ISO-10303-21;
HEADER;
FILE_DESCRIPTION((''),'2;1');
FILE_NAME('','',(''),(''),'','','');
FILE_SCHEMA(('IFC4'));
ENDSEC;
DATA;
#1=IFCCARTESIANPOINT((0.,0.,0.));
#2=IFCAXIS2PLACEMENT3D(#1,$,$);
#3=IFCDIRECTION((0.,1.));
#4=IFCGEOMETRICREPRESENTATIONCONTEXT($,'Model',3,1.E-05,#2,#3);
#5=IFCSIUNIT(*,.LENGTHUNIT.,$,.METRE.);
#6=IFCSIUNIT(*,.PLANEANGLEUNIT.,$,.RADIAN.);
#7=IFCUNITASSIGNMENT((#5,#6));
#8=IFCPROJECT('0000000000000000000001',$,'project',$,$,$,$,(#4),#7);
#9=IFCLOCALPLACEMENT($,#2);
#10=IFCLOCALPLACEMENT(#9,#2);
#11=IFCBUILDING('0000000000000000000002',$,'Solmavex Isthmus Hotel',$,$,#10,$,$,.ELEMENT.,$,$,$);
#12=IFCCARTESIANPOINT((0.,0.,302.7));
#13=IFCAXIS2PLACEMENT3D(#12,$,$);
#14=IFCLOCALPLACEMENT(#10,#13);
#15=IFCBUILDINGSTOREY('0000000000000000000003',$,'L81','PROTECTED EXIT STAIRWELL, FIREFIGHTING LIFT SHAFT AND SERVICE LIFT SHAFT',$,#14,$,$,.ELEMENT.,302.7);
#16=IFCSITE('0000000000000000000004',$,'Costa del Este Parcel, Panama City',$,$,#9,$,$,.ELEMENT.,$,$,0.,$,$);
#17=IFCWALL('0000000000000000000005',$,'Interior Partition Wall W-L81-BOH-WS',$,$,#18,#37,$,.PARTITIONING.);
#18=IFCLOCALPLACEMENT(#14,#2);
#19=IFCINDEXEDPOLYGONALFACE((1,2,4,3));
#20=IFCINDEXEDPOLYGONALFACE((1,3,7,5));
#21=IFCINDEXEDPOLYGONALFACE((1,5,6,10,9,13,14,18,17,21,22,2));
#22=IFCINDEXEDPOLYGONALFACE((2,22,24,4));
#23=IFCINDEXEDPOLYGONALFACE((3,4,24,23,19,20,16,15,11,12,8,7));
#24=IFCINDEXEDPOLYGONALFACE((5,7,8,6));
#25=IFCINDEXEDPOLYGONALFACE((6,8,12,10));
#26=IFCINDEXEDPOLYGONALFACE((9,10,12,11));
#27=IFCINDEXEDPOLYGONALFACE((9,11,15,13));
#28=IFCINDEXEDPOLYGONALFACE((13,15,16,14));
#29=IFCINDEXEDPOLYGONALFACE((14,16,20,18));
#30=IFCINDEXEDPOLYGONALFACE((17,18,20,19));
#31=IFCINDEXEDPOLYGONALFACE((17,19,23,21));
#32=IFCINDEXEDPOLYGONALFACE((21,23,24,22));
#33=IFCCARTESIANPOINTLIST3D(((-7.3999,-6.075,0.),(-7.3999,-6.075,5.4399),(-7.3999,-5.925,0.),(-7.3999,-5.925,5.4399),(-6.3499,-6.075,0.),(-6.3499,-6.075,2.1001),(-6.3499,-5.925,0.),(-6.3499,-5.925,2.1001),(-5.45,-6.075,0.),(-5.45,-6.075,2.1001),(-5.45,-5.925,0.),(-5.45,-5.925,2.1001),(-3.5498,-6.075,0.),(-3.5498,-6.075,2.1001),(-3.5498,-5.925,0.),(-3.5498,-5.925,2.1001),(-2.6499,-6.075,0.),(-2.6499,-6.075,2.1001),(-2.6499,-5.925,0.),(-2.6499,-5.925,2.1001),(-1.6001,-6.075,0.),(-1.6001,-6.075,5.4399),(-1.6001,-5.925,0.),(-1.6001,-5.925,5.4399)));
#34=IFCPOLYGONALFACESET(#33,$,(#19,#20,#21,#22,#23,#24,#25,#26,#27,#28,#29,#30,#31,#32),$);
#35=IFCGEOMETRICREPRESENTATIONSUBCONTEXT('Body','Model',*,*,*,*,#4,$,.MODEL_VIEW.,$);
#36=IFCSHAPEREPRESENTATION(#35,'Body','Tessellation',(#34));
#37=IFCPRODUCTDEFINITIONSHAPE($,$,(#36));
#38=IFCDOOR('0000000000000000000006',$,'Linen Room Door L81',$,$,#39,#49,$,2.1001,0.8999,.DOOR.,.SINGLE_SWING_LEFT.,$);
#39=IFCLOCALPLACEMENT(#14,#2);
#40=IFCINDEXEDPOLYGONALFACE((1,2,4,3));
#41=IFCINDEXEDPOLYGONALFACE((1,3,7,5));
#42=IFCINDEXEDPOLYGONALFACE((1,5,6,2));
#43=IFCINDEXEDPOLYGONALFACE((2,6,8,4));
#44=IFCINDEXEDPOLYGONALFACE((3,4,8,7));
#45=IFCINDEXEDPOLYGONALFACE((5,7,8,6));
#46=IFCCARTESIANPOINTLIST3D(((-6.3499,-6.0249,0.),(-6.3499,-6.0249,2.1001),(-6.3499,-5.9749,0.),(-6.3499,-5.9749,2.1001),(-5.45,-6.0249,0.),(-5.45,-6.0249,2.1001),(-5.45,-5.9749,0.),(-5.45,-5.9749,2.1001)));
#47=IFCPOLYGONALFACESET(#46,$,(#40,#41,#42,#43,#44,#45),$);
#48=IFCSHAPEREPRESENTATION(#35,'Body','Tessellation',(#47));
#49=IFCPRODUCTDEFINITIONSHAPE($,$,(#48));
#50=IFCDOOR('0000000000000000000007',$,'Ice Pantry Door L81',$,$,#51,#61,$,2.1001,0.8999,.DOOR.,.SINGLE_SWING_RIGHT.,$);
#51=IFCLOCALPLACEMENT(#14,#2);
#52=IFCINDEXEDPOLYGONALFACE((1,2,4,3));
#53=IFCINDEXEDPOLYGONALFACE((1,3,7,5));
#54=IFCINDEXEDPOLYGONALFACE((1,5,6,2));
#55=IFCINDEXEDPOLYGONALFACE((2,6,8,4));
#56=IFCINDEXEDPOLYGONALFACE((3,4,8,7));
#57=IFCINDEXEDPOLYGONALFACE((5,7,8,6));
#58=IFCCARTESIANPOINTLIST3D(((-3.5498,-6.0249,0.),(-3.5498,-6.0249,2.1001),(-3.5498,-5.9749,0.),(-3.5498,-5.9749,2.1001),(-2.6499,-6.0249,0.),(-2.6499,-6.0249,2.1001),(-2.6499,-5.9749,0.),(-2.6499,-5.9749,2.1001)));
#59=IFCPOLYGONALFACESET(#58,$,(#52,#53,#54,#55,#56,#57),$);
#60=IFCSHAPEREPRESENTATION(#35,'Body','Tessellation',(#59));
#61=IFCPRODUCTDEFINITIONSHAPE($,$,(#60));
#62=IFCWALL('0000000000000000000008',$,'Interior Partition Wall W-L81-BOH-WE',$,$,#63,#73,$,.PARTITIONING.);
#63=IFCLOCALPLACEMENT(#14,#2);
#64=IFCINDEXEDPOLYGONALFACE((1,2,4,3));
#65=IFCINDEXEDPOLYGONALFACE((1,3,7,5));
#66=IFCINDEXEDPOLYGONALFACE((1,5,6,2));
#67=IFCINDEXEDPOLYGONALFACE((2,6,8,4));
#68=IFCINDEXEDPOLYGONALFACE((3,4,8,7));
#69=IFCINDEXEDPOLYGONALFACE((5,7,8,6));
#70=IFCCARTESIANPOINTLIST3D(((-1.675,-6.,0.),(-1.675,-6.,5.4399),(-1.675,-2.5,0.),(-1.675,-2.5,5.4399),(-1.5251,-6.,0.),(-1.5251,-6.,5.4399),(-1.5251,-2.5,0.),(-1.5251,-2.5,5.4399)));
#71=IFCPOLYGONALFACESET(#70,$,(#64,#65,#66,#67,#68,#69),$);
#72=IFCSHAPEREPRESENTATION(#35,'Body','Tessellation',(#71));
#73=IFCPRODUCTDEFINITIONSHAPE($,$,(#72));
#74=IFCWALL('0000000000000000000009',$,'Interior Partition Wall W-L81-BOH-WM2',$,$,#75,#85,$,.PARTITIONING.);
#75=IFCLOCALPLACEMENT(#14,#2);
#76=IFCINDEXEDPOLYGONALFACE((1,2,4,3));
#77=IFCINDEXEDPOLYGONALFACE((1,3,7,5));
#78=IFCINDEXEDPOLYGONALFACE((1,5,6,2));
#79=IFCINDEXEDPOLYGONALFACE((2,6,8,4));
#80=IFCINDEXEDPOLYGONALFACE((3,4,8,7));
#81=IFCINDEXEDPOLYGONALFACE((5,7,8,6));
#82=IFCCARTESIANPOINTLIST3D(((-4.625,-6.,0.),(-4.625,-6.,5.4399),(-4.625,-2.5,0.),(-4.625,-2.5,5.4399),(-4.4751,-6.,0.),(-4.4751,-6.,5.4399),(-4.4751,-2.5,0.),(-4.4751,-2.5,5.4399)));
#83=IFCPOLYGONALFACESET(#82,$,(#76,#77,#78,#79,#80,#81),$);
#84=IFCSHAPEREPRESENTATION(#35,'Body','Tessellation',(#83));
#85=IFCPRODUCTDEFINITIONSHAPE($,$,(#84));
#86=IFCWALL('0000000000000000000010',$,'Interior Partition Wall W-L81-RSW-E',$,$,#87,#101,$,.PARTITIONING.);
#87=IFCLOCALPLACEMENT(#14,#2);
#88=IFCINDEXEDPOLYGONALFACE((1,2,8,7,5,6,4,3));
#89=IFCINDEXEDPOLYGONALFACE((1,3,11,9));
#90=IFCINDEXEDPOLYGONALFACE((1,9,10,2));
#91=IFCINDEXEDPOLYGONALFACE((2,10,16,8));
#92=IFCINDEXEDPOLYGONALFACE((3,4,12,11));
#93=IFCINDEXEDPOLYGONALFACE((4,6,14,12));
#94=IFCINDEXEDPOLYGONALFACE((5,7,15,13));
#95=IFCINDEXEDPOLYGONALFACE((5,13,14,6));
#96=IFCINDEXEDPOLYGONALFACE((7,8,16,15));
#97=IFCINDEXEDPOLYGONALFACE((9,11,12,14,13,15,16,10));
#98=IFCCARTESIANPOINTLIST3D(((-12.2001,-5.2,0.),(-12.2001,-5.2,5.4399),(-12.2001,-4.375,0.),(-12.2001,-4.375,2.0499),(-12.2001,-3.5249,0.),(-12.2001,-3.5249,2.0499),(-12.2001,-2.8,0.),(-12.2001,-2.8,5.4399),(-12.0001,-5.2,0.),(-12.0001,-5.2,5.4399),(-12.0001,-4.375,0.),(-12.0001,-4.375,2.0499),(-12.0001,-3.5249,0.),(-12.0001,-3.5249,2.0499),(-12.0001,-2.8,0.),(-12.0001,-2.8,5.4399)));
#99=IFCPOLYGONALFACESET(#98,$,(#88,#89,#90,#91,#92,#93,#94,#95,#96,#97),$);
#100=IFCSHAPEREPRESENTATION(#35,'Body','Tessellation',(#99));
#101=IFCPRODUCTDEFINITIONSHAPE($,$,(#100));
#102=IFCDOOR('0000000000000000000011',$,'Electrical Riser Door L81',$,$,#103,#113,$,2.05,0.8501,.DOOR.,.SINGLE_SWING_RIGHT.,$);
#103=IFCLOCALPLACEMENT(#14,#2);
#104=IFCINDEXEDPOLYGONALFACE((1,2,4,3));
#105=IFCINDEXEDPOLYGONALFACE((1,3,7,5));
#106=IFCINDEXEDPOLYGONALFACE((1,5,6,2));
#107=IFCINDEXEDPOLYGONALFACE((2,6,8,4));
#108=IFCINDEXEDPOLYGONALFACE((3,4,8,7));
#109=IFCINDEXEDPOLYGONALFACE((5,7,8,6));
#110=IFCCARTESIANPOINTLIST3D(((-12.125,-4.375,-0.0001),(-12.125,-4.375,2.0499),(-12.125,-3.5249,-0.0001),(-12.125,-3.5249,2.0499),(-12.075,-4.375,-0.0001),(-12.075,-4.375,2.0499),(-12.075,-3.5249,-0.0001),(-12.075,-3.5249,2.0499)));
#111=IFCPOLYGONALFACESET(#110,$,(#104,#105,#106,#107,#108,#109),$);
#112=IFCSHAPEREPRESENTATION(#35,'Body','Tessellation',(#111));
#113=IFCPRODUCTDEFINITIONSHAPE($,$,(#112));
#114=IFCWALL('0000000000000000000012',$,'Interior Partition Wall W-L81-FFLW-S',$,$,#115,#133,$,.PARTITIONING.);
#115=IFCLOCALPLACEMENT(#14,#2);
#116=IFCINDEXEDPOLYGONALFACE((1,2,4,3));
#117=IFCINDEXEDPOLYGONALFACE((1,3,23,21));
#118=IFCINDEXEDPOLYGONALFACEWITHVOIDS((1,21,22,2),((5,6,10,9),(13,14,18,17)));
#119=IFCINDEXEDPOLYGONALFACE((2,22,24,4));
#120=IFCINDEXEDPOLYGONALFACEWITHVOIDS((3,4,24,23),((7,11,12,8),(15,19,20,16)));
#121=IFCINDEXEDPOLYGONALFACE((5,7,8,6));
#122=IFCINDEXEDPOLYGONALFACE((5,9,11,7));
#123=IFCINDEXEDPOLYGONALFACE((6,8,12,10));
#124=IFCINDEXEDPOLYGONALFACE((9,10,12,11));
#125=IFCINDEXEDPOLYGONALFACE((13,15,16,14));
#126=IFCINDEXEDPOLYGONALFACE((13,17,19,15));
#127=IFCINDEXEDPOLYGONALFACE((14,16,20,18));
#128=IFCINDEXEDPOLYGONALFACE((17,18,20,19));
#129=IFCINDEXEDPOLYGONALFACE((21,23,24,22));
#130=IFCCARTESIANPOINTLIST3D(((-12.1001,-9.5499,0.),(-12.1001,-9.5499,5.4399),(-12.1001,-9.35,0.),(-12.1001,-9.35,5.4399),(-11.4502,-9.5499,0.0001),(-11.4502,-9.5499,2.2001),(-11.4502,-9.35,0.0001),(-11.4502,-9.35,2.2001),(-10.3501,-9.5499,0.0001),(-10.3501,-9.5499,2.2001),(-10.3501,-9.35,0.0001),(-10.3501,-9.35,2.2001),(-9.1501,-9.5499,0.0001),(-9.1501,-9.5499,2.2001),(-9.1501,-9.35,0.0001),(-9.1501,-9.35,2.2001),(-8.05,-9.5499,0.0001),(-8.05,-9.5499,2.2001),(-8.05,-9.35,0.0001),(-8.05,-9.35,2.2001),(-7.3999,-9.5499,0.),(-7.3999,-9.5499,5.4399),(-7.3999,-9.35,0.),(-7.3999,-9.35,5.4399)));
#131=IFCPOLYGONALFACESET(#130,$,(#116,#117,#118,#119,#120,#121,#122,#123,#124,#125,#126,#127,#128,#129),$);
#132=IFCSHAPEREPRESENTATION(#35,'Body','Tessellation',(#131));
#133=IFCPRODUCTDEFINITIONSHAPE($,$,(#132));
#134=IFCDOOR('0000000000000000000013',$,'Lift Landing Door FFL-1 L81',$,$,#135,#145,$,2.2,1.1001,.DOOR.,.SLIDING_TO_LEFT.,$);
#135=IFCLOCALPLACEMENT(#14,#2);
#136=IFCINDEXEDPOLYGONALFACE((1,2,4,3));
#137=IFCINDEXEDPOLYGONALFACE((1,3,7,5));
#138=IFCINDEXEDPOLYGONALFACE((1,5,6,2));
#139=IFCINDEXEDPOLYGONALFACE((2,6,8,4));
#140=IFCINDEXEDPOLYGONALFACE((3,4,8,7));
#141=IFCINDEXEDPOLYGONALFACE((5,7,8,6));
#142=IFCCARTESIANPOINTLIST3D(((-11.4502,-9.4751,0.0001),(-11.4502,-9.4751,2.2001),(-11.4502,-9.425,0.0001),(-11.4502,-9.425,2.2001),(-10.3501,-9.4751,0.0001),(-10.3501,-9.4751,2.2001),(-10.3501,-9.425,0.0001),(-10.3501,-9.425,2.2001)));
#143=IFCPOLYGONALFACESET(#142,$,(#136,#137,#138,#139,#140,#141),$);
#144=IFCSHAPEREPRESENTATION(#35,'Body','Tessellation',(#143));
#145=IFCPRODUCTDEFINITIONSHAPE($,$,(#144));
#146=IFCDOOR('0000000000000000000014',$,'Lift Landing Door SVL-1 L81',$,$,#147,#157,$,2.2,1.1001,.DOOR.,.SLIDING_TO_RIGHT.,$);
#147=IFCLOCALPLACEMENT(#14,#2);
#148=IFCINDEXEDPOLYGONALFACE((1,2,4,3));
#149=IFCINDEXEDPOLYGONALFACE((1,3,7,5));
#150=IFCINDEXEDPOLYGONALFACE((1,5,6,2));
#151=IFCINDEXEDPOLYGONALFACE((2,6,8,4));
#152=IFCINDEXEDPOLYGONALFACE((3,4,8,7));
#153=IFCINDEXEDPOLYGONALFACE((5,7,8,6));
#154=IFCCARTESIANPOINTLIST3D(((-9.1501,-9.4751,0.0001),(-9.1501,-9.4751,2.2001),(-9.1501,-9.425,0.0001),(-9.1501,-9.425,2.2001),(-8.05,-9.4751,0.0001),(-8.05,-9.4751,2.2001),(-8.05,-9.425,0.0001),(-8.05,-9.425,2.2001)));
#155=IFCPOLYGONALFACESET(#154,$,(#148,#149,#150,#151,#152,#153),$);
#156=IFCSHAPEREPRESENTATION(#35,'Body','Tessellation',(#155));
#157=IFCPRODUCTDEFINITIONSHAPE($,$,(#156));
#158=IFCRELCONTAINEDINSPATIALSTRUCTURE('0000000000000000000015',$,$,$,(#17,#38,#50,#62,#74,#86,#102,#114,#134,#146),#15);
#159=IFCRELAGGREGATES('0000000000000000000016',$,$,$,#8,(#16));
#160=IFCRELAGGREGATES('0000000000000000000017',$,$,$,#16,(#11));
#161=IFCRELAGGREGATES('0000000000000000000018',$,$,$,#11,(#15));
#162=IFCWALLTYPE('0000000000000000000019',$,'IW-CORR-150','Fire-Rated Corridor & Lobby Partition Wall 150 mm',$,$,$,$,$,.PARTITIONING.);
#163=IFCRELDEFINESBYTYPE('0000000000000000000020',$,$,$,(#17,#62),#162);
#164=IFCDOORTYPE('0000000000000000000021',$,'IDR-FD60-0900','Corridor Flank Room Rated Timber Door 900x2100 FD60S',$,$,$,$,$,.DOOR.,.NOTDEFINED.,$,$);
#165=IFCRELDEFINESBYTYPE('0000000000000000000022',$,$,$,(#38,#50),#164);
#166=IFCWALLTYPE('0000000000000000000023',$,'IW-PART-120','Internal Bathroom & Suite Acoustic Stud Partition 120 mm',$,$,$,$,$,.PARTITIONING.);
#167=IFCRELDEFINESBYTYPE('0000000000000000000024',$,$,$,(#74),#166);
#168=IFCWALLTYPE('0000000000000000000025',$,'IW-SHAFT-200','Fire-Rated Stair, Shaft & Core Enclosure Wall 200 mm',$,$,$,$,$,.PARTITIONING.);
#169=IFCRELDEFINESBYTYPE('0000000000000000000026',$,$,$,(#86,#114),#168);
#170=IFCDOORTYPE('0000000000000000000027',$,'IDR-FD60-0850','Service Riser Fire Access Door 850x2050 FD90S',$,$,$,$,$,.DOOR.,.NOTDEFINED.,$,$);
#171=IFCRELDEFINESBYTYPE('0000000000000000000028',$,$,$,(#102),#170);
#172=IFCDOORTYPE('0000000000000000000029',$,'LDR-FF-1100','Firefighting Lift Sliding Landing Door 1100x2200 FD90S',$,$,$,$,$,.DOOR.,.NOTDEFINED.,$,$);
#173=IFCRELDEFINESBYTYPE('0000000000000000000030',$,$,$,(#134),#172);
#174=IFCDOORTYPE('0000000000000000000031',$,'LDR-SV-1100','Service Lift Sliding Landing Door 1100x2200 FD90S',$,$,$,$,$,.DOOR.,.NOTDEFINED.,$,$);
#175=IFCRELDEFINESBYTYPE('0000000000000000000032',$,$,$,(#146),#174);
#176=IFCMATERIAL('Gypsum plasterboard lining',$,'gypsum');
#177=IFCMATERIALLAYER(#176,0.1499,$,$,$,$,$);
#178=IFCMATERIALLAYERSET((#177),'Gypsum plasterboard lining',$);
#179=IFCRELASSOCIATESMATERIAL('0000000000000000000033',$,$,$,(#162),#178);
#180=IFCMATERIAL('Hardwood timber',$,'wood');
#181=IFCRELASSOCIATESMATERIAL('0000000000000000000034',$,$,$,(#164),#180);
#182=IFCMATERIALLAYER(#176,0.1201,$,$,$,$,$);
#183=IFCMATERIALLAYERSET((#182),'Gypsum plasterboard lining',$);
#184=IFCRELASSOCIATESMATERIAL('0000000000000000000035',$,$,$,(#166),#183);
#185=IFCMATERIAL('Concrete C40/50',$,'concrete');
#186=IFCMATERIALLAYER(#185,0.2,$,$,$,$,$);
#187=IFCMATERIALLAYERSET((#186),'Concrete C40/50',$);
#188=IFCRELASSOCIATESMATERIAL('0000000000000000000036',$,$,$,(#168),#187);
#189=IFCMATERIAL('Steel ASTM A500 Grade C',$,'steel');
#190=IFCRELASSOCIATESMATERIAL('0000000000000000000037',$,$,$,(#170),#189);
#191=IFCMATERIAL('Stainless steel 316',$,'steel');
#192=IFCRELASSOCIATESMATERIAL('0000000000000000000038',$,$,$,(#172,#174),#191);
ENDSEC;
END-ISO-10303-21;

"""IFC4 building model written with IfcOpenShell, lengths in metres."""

from ifc_helpers import new_model, si_unit, direction, frame, frame_2d, origin, place, context, subcontext, project, spatial, rectangle, extrude, material, layer, layer_set, type_object, element, fill, save


model = new_model("IFC4")

# Units and contexts
model_context = context("Model", 3, precision=1e-05, world=origin(), true_north=direction((0.0, 1.0)))
body_context = subcontext(model_context, "Body", "Model", "MODEL_VIEW")
ifc_project = project(units=[si_unit("LENGTHUNIT", "METRE"), si_unit("PLANEANGLEUNIT", "RADIAN")], contexts=[model_context])

# Site, building, storey
site_placement = place(None, origin())
site = spatial("IfcSite", under=ifc_project, at=site_placement, Name="Costa del Este Parcel, Panama City", CompositionType="ELEMENT", RefElevation=0.0)
building_placement = place(site_placement, origin())
building = spatial("IfcBuilding", under=site, at=building_placement, Name="Solmavex Isthmus Hotel", CompositionType="ELEMENT")
storey_placement = place(building_placement, frame((0.0, 0.0, 302.7)))
storey = spatial("IfcBuildingStorey", under=building, at=storey_placement, Name="L81", Description="PROTECTED EXIT STAIRWELL, FIREFIGHTING LIFT SHAFT AND SERVICE LIFT SHAFT", CompositionType="ELEMENT", Elevation=302.7)

# Shared definitions
ifc_material_1 = material(Name="Gypsum plasterboard lining", Category="gypsum")
ifc_material_2 = material(Name="Hardwood timber", Category="wood")

# Wall, openings, doors
ifc_layer_1 = layer(ifc_material_1, 0.1499)
ifc_layer_set_1 = layer_set([ifc_layer_1], Name="Gypsum plasterboard lining")
wall_type_1 = type_object("IfcWallType", Name="IW-CORR-150", Description="Fire-Rated Corridor & Lobby Partition Wall 150 mm", PredefinedType="PARTITIONING", material=ifc_layer_set_1)
wall_1_placement = place(storey_placement, frame((-7.3999, -6.0, 0.0), z_axis=(0.0, 0.0, 1.0), x_axis=(1.0, 0.0, 0.0)))
wall_1 = element("IfcWall", 1, at=wall_1_placement, inside=storey, type_object=wall_type_1, Name="Interior Partition Wall W-L81-BOH-WS", PredefinedType="PARTITIONING", context=body_context, shape_type="SweptSolid", body=[
    extrude(rectangle(XDim=5.7998, YDim=0.1499, at=frame_2d((2.8999, 0.0))), origin(), (0.0, 0.0, 1.0), 5.4399),
])
opening_1_placement = place(wall_1_placement, frame((1.05, 0.0, 0.0)))
opening_1 = element("IfcOpeningElement", 2, at=opening_1_placement, cuts=wall_1, PredefinedType="OPENING", context=body_context, shape_type="SweptSolid", body=[
    extrude(rectangle(XDim=0.8999, YDim=2.1001, at=frame_2d((0.45, 1.05))), frame((0.0, 0.085, 0.0), z_axis=(0.0, -1.0, 0.0), x_axis=(1.0, 0.0, 0.0)), (0.0, 0.0, 1.0), 0.1699),
])
opening_2_placement = place(wall_1_placement, frame((3.8501, 0.0, 0.0)))
opening_2 = element("IfcOpeningElement", 3, at=opening_2_placement, cuts=wall_1, PredefinedType="OPENING", context=body_context, shape_type="SweptSolid", body=[
    extrude(rectangle(XDim=0.8999, YDim=2.1001, at=frame_2d((0.45, 1.05))), frame((0.0, 0.085, 0.0), z_axis=(0.0, -1.0, 0.0), x_axis=(1.0, 0.0, 0.0)), (0.0, 0.0, 1.0), 0.1699),
])
door_type_1 = type_object("IfcDoorType", Name="IDR-FD60-0900", Description="Corridor Flank Room Rated Timber Door 900x2100 FD60S", OperationType="NOTDEFINED", PredefinedType="DOOR", material=ifc_material_2)
door_1_placement = place(opening_1_placement, frame((0.8999, 0.0, 0.0), z_axis=(0.0, 0.0, 1.0), x_axis=(-1.0, 0.0, 0.0)))
door_1 = element("IfcDoor", 4, at=door_1_placement, inside=storey, type_object=door_type_1, Name="Linen Room Door L81", OperationType="SINGLE_SWING_LEFT", OverallHeight=2.1001, OverallWidth=0.8999, PredefinedType="DOOR", context=body_context, shape_type="SweptSolid", body=[
    extrude(rectangle(XDim=0.8999, YDim=2.1001, at=frame_2d((0.45, 1.05))), frame((0.0, 0.0249, 0.0), z_axis=(0.0, -1.0, 0.0), x_axis=(1.0, 0.0, 0.0)), (0.0, 0.0, 1.0), 0.05),
])
fill(opening_1, door_1)
door_2_placement = place(opening_2_placement, frame((0.8999, 0.0, 0.0), z_axis=(0.0, 0.0, 1.0), x_axis=(-1.0, 0.0, 0.0)))
door_2 = element("IfcDoor", 5, at=door_2_placement, inside=storey, type_object=door_type_1, Name="Ice Pantry Door L81", OperationType="SINGLE_SWING_RIGHT", OverallHeight=2.1001, OverallWidth=0.8999, PredefinedType="DOOR", context=body_context, shape_type="SweptSolid", body=[
    extrude(rectangle(XDim=0.8999, YDim=2.1001, at=frame_2d((0.45, 1.05))), frame((0.0, 0.0249, 0.0), z_axis=(0.0, -1.0, 0.0), x_axis=(1.0, 0.0, 0.0)), (0.0, 0.0, 1.0), 0.05),
])
fill(opening_2, door_2)

# Walls
wall_2_placement = place(storey_placement, frame((-1.6001, -6.0, 0.0), z_axis=(0.0, 0.0, 1.0), x_axis=(0.0, 1.0, 0.0)))
element("IfcWall", 6, at=wall_2_placement, inside=storey, type_object=wall_type_1, Name="Interior Partition Wall W-L81-BOH-WE", PredefinedType="PARTITIONING", context=body_context, shape_type="SweptSolid", body=[
    extrude(rectangle(XDim=3.5, YDim=0.1499, at=frame_2d((1.75, 0.0))), origin(), (0.0, 0.0, 1.0), 5.4399),
])
ifc_layer_2 = layer(ifc_material_1, 0.1201)
ifc_layer_set_2 = layer_set([ifc_layer_2], Name="Gypsum plasterboard lining")
wall_type_2 = type_object("IfcWallType", Name="IW-PART-120", Description="Internal Bathroom & Suite Acoustic Stud Partition 120 mm", PredefinedType="PARTITIONING", material=ifc_layer_set_2)
wall_3_placement = place(storey_placement, frame((-4.55, -6.0, 0.0), z_axis=(0.0, 0.0, 1.0), x_axis=(0.0, 1.0, 0.0)))
element("IfcWall", 7, at=wall_3_placement, inside=storey, type_object=wall_type_2, Name="Interior Partition Wall W-L81-BOH-WM2", PredefinedType="PARTITIONING", context=body_context, shape_type="SweptSolid", body=[
    extrude(rectangle(XDim=3.5, YDim=0.1499, at=frame_2d((1.75, 0.0))), origin(), (0.0, 0.0, 1.0), 5.4399),
])

# Wall, opening, door
ifc_material_3 = material(Name="Concrete C40/50", Category="concrete")
ifc_layer_3 = layer(ifc_material_3, 0.2)
ifc_layer_set_3 = layer_set([ifc_layer_3], Name="Concrete C40/50")
wall_type_3 = type_object("IfcWallType", Name="IW-SHAFT-200", Description="Fire-Rated Stair, Shaft & Core Enclosure Wall 200 mm", PredefinedType="PARTITIONING", material=ifc_layer_set_3)
wall_4_placement = place(storey_placement, frame((-12.1001, -5.2, 0.0), z_axis=(0.0, 0.0, 1.0), x_axis=(0.0, 1.0, 0.0)))
wall_4 = element("IfcWall", 8, at=wall_4_placement, inside=storey, type_object=wall_type_3, Name="Interior Partition Wall W-L81-RSW-E", PredefinedType="PARTITIONING", context=body_context, shape_type="SweptSolid", body=[
    extrude(rectangle(XDim=2.3999, YDim=0.2, at=frame_2d((1.2, 0.0))), origin(), (0.0, 0.0, 1.0), 5.4399),
])
opening_3_placement = place(wall_4_placement, frame((0.825, 0.0, 0.0)))
opening_3 = element("IfcOpeningElement", 9, at=opening_3_placement, cuts=wall_4, PredefinedType="OPENING", context=body_context, shape_type="SweptSolid", body=[
    extrude(rectangle(XDim=0.8501, YDim=2.05, at=frame_2d((0.425, 1.0249))), frame((0.0, 0.1099, 0.0), z_axis=(0.0, -1.0, 0.0), x_axis=(1.0, 0.0, 0.0)), (0.0, 0.0, 1.0), 0.22),
])
ifc_material_4 = material(Name="Steel ASTM A500 Grade C", Category="steel")
door_type_2 = type_object("IfcDoorType", Name="IDR-FD60-0850", Description="Service Riser Fire Access Door 850x2050 FD90S", OperationType="NOTDEFINED", PredefinedType="DOOR", material=ifc_material_4)
door_3_placement = place(opening_3_placement, origin())
door_3 = element("IfcDoor", 10, at=door_3_placement, inside=storey, type_object=door_type_2, Name="Electrical Riser Door L81", OperationType="SINGLE_SWING_RIGHT", OverallHeight=2.05, OverallWidth=0.8501, PredefinedType="DOOR", context=body_context, shape_type="SweptSolid", body=[
    extrude(rectangle(XDim=0.8501, YDim=2.05, at=frame_2d((0.425, 1.0249))), frame((0.0, 0.0249, 0.0), z_axis=(0.0, -1.0, 0.0), x_axis=(1.0, 0.0, 0.0)), (0.0, 0.0, 1.0), 0.05),
])
fill(opening_3, door_3)

# Wall, openings, doors
wall_5_placement = place(storey_placement, frame((-12.1001, -9.45, 0.0), z_axis=(0.0, 0.0, 1.0), x_axis=(1.0, 0.0, 0.0)))
wall_5 = element("IfcWall", 11, at=wall_5_placement, inside=storey, type_object=wall_type_3, Name="Interior Partition Wall W-L81-FFLW-S", PredefinedType="PARTITIONING", context=body_context, shape_type="SweptSolid", body=[
    extrude(rectangle(XDim=4.7002, YDim=0.2, at=frame_2d((2.3501, 0.0))), origin(), (0.0, 0.0, 1.0), 5.4399),
])
opening_4_placement = place(wall_5_placement, frame((0.6499, 0.0, 0.0)))
opening_4 = element("IfcOpeningElement", 12, at=opening_4_placement, cuts=wall_5, PredefinedType="OPENING", context=body_context, shape_type="SweptSolid", body=[
    extrude(rectangle(XDim=1.1001, YDim=2.2, at=frame_2d((0.55, 1.1001))), frame((0.0, 0.1099, 0.0), z_axis=(0.0, -1.0, 0.0), x_axis=(1.0, 0.0, 0.0)), (0.0, 0.0, 1.0), 0.22),
])
opening_5_placement = place(wall_5_placement, frame((2.95, 0.0, 0.0)))
opening_5 = element("IfcOpeningElement", 13, at=opening_5_placement, cuts=wall_5, PredefinedType="OPENING", context=body_context, shape_type="SweptSolid", body=[
    extrude(rectangle(XDim=1.1001, YDim=2.2, at=frame_2d((0.55, 1.1001))), frame((0.0, 0.1099, 0.0), z_axis=(0.0, -1.0, 0.0), x_axis=(1.0, 0.0, 0.0)), (0.0, 0.0, 1.0), 0.22),
])
ifc_material_5 = material(Name="Stainless steel 316", Category="steel")
door_type_3 = type_object("IfcDoorType", Name="LDR-FF-1100", Description="Firefighting Lift Sliding Landing Door 1100x2200 FD90S", OperationType="NOTDEFINED", PredefinedType="DOOR", material=ifc_material_5)
door_4_placement = place(opening_4_placement, origin())
door_4 = element("IfcDoor", 14, at=door_4_placement, inside=storey, type_object=door_type_3, Name="Lift Landing Door FFL-1 L81", OperationType="SLIDING_TO_LEFT", OverallHeight=2.2, OverallWidth=1.1001, PredefinedType="DOOR", context=body_context, shape_type="SweptSolid", body=[
    extrude(rectangle(XDim=1.1001, YDim=2.2, at=frame_2d((0.55, 1.1001))), frame((0.0, 0.0249, 0.0), z_axis=(0.0, -1.0, 0.0), x_axis=(1.0, 0.0, 0.0)), (0.0, 0.0, 1.0), 0.05),
])
fill(opening_4, door_4)
door_type_4 = type_object("IfcDoorType", Name="LDR-SV-1100", Description="Service Lift Sliding Landing Door 1100x2200 FD90S", OperationType="NOTDEFINED", PredefinedType="DOOR", material=ifc_material_5)
door_5_placement = place(opening_5_placement, origin())
door_5 = element("IfcDoor", 15, at=door_5_placement, inside=storey, type_object=door_type_4, Name="Lift Landing Door SVL-1 L81", OperationType="SLIDING_TO_RIGHT", OverallHeight=2.2, OverallWidth=1.1001, PredefinedType="DOOR", context=body_context, shape_type="SweptSolid", body=[
    extrude(rectangle(XDim=1.1001, YDim=2.2, at=frame_2d((0.55, 1.1001))), frame((0.0, 0.0249, 0.0), z_axis=(0.0, -1.0, 0.0), x_axis=(1.0, 0.0, 0.0)), (0.0, 0.0, 1.0), 0.05),
])
fill(opening_5, door_5)

save(model, "model.ifc")
